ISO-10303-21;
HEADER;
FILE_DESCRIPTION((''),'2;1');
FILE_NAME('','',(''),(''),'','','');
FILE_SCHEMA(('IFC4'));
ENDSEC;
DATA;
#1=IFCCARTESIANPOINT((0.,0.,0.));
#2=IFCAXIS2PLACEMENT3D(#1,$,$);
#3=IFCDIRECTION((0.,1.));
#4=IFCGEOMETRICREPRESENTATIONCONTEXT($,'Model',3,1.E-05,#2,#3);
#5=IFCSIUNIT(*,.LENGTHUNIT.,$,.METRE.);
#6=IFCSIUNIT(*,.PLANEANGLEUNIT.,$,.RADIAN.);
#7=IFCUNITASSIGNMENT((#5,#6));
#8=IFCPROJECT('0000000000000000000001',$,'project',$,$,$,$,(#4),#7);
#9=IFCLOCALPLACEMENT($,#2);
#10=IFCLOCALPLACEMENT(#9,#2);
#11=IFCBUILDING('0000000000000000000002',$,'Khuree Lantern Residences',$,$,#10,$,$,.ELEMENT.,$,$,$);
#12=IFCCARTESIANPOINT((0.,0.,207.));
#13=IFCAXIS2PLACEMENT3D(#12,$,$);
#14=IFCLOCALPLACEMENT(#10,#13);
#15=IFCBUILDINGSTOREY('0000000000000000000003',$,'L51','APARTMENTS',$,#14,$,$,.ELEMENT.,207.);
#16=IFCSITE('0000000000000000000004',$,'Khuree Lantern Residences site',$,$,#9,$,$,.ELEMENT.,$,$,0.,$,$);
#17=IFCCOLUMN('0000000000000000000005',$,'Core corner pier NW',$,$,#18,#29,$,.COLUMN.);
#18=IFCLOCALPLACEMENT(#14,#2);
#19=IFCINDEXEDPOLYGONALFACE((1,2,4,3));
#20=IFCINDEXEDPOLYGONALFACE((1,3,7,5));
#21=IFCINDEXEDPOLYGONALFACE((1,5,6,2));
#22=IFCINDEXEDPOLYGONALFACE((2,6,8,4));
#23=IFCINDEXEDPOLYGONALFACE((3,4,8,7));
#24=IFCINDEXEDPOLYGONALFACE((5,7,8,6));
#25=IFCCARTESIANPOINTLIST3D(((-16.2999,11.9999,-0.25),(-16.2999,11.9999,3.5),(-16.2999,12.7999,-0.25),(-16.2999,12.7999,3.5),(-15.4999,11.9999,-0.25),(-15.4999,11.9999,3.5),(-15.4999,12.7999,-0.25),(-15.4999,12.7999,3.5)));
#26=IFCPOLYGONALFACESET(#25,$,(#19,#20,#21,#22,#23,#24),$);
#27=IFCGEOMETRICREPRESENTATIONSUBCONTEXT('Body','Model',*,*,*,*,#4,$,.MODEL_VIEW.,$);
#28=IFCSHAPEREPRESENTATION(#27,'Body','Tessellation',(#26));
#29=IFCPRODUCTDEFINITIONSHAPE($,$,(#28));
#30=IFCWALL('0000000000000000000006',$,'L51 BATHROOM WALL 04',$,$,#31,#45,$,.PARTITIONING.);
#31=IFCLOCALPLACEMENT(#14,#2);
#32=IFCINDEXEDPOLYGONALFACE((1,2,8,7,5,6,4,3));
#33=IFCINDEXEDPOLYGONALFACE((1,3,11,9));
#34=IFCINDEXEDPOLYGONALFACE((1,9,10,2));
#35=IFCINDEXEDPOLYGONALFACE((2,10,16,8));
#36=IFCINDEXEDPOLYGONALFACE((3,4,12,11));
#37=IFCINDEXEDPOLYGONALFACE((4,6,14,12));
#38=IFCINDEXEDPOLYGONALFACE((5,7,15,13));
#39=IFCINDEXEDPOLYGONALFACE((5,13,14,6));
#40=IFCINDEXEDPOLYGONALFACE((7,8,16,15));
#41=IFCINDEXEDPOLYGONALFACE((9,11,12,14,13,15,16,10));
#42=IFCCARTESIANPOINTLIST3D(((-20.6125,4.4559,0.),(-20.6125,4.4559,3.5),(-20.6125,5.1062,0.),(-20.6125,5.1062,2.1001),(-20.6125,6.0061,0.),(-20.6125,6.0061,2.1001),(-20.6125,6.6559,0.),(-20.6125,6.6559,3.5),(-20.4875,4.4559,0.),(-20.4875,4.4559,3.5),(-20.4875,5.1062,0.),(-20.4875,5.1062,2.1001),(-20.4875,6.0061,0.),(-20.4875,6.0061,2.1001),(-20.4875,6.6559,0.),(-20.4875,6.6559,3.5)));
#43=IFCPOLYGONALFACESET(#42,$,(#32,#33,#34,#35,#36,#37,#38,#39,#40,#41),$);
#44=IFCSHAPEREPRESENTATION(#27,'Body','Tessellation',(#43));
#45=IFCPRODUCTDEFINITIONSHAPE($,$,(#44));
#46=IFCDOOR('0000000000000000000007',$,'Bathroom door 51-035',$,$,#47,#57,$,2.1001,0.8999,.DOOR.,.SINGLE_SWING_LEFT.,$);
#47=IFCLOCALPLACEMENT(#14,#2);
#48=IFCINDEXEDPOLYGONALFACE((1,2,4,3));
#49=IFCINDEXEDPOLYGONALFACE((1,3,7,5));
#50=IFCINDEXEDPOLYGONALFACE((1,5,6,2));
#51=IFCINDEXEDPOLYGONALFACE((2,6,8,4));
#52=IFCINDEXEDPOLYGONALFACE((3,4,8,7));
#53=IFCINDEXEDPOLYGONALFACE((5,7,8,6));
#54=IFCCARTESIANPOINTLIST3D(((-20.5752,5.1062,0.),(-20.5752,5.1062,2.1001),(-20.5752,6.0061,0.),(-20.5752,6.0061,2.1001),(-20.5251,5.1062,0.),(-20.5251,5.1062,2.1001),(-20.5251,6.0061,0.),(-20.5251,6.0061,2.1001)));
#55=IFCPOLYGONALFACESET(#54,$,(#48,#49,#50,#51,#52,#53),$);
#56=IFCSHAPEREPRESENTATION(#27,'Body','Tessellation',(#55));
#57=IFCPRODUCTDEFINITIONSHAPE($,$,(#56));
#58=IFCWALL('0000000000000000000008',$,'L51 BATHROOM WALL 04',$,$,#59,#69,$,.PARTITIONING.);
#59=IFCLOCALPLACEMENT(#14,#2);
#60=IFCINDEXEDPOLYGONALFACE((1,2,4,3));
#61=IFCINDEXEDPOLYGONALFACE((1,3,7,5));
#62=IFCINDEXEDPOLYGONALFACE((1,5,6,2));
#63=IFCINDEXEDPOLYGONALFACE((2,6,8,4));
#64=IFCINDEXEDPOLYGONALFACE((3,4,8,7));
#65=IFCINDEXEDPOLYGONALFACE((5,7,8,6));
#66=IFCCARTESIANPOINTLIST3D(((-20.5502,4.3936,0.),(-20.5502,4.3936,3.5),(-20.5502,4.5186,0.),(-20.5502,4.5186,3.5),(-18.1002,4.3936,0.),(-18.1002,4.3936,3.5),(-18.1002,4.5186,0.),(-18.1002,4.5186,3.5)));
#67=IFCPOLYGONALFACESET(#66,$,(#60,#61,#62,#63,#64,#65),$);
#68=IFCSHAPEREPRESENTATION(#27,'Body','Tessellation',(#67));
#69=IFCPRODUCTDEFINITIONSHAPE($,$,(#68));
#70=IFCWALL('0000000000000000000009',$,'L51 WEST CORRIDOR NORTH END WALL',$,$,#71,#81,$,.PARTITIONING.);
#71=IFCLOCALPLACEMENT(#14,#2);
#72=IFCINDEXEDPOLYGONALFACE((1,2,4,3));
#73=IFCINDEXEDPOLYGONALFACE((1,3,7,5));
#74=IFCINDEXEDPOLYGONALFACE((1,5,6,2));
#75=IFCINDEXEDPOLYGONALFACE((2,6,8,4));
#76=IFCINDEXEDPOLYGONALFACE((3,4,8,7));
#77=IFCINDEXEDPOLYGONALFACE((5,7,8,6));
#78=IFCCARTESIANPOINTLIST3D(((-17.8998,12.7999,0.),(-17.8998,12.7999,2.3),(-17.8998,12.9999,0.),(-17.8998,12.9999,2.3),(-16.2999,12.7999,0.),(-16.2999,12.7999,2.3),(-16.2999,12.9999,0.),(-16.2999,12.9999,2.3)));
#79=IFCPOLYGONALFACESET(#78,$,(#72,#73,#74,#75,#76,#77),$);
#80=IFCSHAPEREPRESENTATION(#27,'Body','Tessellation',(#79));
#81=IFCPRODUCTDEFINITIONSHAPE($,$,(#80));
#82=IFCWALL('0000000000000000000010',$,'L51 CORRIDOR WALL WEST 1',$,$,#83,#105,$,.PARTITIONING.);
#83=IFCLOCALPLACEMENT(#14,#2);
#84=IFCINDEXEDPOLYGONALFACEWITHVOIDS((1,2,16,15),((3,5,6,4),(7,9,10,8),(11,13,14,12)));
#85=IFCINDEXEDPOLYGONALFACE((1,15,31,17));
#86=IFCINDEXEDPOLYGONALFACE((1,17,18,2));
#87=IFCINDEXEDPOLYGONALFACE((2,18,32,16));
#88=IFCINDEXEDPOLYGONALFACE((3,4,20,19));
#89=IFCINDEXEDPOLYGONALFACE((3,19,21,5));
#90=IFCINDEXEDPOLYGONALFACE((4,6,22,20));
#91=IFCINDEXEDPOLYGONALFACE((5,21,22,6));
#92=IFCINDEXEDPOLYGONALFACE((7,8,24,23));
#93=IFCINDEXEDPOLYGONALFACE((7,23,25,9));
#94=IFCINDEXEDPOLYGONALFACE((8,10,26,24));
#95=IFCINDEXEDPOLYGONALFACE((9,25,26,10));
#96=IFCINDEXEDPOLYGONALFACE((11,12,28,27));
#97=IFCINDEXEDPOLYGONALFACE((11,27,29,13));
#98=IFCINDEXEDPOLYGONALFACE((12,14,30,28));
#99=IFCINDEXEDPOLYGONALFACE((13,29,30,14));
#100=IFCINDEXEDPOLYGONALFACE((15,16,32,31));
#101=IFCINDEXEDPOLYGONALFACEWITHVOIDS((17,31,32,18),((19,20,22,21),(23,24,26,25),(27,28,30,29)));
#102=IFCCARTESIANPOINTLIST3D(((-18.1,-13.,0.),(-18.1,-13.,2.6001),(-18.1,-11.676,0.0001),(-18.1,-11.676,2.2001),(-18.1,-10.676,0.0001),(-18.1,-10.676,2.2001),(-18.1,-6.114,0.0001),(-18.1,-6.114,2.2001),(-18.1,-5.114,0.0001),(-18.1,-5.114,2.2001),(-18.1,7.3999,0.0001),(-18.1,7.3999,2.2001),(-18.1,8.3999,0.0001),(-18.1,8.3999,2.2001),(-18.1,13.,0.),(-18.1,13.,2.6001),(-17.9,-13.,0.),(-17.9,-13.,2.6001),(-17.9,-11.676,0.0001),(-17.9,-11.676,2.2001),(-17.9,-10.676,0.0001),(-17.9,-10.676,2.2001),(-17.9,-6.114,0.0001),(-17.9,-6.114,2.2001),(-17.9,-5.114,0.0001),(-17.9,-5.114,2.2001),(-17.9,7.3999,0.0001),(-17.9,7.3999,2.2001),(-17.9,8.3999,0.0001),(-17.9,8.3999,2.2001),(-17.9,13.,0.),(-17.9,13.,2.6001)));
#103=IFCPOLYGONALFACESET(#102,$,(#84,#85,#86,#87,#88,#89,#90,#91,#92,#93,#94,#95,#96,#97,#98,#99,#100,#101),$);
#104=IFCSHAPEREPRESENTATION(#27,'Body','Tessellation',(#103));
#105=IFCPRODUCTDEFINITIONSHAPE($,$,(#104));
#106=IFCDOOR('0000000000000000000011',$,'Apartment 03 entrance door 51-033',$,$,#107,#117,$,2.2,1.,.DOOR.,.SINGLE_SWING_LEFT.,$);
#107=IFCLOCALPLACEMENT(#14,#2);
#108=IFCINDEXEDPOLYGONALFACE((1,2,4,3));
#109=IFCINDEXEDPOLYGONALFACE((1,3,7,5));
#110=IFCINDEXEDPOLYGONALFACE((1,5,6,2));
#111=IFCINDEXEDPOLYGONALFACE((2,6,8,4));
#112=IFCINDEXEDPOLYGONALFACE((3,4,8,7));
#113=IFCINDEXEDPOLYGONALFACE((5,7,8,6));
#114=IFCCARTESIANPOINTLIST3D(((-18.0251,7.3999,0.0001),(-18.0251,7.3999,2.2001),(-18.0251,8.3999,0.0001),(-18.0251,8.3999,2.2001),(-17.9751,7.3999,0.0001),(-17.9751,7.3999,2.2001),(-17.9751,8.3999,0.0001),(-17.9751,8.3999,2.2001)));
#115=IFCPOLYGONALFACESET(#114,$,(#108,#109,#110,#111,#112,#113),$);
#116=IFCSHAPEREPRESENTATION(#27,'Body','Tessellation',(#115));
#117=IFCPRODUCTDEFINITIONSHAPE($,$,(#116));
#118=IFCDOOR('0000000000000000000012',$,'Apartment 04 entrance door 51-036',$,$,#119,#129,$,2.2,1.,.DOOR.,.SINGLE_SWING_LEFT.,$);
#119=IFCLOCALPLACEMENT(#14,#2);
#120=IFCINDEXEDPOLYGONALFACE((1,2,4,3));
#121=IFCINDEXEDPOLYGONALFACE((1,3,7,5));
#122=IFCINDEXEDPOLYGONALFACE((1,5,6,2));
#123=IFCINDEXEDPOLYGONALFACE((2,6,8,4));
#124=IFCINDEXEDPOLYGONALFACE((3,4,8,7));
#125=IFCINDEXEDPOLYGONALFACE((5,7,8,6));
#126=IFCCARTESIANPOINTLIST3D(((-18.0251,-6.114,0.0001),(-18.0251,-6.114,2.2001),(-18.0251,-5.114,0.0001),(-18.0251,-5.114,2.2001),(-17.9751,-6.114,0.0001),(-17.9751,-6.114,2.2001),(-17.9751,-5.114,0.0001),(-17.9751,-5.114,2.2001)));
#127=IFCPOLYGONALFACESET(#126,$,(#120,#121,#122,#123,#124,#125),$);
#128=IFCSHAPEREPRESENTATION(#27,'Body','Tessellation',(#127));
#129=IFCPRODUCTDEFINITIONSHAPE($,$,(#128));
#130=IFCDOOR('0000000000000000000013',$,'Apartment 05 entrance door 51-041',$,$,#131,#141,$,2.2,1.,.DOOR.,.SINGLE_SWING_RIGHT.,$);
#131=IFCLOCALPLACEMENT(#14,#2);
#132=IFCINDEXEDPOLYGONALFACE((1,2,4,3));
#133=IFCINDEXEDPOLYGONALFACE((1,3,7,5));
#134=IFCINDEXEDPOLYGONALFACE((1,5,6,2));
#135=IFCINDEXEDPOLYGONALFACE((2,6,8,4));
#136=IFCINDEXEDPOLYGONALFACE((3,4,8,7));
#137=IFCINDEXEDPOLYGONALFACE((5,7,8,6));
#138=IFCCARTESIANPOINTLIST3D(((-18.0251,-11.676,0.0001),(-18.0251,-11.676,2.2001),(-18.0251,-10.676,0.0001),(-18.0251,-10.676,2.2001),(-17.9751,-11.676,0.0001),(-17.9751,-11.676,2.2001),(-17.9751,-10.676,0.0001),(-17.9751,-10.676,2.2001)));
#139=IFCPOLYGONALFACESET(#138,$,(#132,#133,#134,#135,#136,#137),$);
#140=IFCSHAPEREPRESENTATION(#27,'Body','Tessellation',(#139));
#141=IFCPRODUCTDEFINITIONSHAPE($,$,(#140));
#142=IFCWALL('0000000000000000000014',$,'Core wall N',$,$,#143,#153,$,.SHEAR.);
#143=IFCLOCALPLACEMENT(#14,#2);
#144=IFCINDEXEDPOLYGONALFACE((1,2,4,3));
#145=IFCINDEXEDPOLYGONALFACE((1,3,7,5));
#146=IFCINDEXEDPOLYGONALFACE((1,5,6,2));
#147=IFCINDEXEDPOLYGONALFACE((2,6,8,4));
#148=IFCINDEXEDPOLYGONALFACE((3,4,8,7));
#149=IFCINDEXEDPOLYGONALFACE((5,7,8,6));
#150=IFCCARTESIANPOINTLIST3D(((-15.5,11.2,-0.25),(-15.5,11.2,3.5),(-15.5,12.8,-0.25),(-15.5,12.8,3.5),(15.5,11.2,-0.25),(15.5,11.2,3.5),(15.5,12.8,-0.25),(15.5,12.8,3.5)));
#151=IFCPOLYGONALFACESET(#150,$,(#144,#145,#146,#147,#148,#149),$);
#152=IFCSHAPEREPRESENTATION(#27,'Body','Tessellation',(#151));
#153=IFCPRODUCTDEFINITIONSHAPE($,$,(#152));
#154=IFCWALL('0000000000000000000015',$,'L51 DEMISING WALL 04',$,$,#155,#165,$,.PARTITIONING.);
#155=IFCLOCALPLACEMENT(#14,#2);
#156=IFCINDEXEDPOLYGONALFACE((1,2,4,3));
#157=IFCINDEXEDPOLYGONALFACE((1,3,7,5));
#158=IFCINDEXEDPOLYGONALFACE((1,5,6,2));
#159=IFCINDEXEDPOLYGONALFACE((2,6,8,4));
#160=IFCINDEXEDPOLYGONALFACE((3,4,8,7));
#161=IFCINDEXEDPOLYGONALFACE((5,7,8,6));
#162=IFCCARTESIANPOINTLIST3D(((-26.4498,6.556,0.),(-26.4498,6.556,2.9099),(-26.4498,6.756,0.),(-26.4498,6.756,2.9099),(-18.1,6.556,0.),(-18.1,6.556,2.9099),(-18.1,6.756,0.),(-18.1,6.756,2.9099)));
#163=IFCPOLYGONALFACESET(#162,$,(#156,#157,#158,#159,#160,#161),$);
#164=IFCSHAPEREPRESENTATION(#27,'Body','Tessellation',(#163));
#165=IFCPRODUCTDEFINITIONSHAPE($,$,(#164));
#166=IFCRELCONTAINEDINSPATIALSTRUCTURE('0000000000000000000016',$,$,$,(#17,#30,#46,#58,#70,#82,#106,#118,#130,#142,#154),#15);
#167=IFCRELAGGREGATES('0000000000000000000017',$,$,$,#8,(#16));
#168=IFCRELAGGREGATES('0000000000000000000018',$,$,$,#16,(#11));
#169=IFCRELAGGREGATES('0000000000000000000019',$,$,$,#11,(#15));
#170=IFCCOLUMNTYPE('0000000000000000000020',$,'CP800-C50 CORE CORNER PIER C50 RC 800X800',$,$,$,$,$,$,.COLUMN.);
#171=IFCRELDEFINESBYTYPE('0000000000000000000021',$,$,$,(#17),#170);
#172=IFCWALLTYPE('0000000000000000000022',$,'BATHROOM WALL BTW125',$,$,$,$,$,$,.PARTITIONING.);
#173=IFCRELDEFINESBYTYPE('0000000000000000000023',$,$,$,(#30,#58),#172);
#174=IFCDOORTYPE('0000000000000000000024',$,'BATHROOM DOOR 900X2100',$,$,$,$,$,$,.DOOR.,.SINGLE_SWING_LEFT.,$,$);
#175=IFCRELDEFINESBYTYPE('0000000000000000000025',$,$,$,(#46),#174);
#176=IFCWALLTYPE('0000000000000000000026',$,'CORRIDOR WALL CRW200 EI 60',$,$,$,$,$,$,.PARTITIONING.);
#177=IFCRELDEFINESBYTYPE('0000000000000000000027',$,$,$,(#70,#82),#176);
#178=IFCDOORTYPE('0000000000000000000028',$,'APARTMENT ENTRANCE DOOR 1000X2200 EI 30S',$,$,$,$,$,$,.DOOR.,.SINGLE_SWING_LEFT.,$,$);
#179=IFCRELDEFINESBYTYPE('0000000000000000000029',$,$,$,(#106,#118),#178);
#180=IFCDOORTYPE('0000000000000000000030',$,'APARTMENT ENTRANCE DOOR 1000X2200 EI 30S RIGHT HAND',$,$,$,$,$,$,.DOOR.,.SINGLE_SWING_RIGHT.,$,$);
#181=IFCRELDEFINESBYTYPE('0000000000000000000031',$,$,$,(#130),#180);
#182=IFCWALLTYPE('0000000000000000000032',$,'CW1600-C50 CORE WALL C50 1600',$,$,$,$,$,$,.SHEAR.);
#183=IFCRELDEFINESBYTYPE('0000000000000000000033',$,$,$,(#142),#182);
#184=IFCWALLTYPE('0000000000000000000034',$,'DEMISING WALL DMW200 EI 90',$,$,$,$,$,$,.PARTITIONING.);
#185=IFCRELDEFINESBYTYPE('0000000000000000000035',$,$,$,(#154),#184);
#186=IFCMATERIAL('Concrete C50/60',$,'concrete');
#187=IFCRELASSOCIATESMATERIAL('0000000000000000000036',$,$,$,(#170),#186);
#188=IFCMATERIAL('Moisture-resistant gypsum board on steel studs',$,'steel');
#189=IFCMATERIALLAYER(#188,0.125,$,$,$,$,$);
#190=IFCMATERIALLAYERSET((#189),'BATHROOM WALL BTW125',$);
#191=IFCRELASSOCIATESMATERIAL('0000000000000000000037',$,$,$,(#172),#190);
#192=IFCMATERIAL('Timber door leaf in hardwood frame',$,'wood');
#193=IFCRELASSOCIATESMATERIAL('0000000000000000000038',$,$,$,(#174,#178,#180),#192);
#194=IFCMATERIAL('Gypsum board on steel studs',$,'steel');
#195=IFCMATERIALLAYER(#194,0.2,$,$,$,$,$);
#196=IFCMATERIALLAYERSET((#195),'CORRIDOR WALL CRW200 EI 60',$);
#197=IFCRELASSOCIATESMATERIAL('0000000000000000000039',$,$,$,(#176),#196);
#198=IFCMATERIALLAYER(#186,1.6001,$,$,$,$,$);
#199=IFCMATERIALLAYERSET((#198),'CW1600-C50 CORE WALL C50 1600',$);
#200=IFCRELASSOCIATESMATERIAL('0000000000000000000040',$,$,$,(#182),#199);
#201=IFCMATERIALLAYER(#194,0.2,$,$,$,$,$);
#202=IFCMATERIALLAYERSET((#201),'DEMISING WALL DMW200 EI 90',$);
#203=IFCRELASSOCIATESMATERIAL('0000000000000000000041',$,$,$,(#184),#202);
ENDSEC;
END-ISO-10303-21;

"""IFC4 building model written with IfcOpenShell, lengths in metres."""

from ifc_helpers import new_model, si_unit, direction, frame, frame_2d, origin, origin_2d, place, context, subcontext, project, spatial, rectangle, extrude, material, layer, layer_set, material_profile, profile_set, type_object, element, fill, save


model = new_model("IFC4")

# Units and contexts
model_context = context("Model", 3, precision=1e-05, world=origin(), true_north=direction((0.0, 1.0)))
body_context = subcontext(model_context, "Body", "Model", "MODEL_VIEW")
ifc_project = project(units=[si_unit("LENGTHUNIT", "METRE"), si_unit("PLANEANGLEUNIT", "RADIAN")], contexts=[model_context])

# Site, building, storey
site_placement = place(None, origin())
site = spatial("IfcSite", under=ifc_project, at=site_placement, Name="Khuree Lantern Residences site", CompositionType="ELEMENT", RefElevation=0.0)
building_placement = place(site_placement, origin())
building = spatial("IfcBuilding", under=site, at=building_placement, Name="Khuree Lantern Residences", CompositionType="ELEMENT")
storey_placement = place(building_placement, frame((0.0, 0.0, 207.0)))
storey = spatial("IfcBuildingStorey", under=building, at=storey_placement, Name="L51", Description="APARTMENTS", CompositionType="ELEMENT", Elevation=207.0)

# Column
ifc_material_1 = material(Name="Concrete C50/60", Category="concrete")
ifc_material_profile = material_profile(ifc_material_1, rectangle(XDim=0.8, YDim=0.8, at=origin_2d()), Name="RC 800X800")
ifc_profile_set = profile_set([ifc_material_profile], Name="Concrete C50/60")
column_type = type_object("IfcColumnType", Name="CP800-C50 CORE CORNER PIER C50 RC 800X800", PredefinedType="COLUMN", material=ifc_profile_set)
column_placement = place(storey_placement, frame((-15.8999, 12.3999, -0.25), z_axis=(0.0, 0.0, 1.0), x_axis=(1.0, 0.0, 0.0)))
element("IfcColumn", 1, at=column_placement, inside=storey, type_object=column_type, Name="Core corner pier NW", PredefinedType="COLUMN", context=body_context, shape_type="SweptSolid", body=[
    extrude(rectangle(XDim=0.8, YDim=0.8, at=origin_2d()), origin(), (0.0, 0.0, 1.0), 3.75),
])

# Wall, opening, door
ifc_material_2 = material(Name="Moisture-resistant gypsum board on steel studs", Category="steel")
ifc_layer_1 = layer(ifc_material_2, 0.125)
ifc_layer_set_1 = layer_set([ifc_layer_1], Name="BATHROOM WALL BTW125")
wall_type_1 = type_object("IfcWallType", Name="BATHROOM WALL BTW125", PredefinedType="PARTITIONING", material=ifc_layer_set_1)
wall_1_placement = place(storey_placement, frame((-20.55, 6.656, 0.0), z_axis=(0.0, 0.0, 1.0), x_axis=(0.0, -1.0, 0.0)))
wall_1 = element("IfcWall", 2, at=wall_1_placement, inside=storey, type_object=wall_type_1, Name="L51 BATHROOM WALL 04", PredefinedType="PARTITIONING", context=body_context, shape_type="SweptSolid", body=[
    extrude(rectangle(XDim=2.2, YDim=0.125, at=frame_2d((1.1001, 0.0))), origin(), (0.0, 0.0, 1.0), 3.5),
])
opening_1_placement = place(wall_1_placement, frame((0.6499, 0.0, 0.0)))
opening_1 = element("IfcOpeningElement", 3, at=opening_1_placement, cuts=wall_1, PredefinedType="OPENING", context=body_context, shape_type="SweptSolid", body=[
    extrude(rectangle(XDim=0.8999, YDim=2.1001, at=frame_2d((0.45, 1.05))), frame((0.0, 0.0725, 0.0), z_axis=(0.0, -1.0, 0.0), x_axis=(1.0, 0.0, 0.0)), (0.0, 0.0, 1.0), 0.145),
])
ifc_material_3 = material(Name="Timber door leaf in hardwood frame", Category="wood")
door_type_1 = type_object("IfcDoorType", Name="BATHROOM DOOR 900X2100", OperationType="SINGLE_SWING_LEFT", PredefinedType="DOOR", material=ifc_material_3)
door_1_placement = place(opening_1_placement, origin())
door_1 = element("IfcDoor", 4, at=door_1_placement, inside=storey, type_object=door_type_1, Name="Bathroom door 51-035", OperationType="SINGLE_SWING_LEFT", OverallHeight=2.1001, OverallWidth=0.8999, PredefinedType="DOOR", context=body_context, shape_type="SweptSolid", body=[
    extrude(rectangle(XDim=0.8999, YDim=2.1001, at=frame_2d((0.45, 1.05))), frame((0.0, 0.0249, 0.0), z_axis=(0.0, -1.0, 0.0), x_axis=(1.0, 0.0, 0.0)), (0.0, 0.0, 1.0), 0.05),
])
fill(opening_1, door_1)

# Walls
wall_2_placement = place(storey_placement, frame((-18.1001, 4.4561, 0.0), z_axis=(0.0, 0.0, 1.0), x_axis=(-1.0, 0.0, 0.0)))
element("IfcWall", 5, at=wall_2_placement, inside=storey, type_object=wall_type_1, Name="L51 BATHROOM WALL 04", PredefinedType="PARTITIONING", context=body_context, shape_type="SweptSolid", body=[
    extrude(rectangle(XDim=2.45, YDim=0.125, at=frame_2d((1.2251, 0.0))), origin(), (0.0, 0.0, 1.0), 3.5),
])
ifc_material_4 = material(Name="Gypsum board on steel studs", Category="steel")
ifc_layer_2 = layer(ifc_material_4, 0.2)
ifc_layer_set_2 = layer_set([ifc_layer_2], Name="CORRIDOR WALL CRW200 EI 60")
wall_type_2 = type_object("IfcWallType", Name="CORRIDOR WALL CRW200 EI 60", PredefinedType="PARTITIONING", material=ifc_layer_set_2)
wall_3_placement = place(storey_placement, frame((-16.3, 12.8999, 0.0), z_axis=(0.0, 0.0, 1.0), x_axis=(-1.0, 0.0, 0.0)))
element("IfcWall", 6, at=wall_3_placement, inside=storey, type_object=wall_type_2, Name="L51 WEST CORRIDOR NORTH END WALL", PredefinedType="PARTITIONING", context=body_context, shape_type="SweptSolid", body=[
    extrude(rectangle(XDim=1.5999, YDim=0.2, at=frame_2d((0.7998, 0.0))), origin(), (0.0, 0.0, 1.0), 2.3),
])

# Wall, openings, doors
wall_4_placement = place(storey_placement, frame((-18.0, 13.0, 0.0), z_axis=(0.0, 0.0, 1.0), x_axis=(0.0, -1.0, 0.0)))
wall_4 = element("IfcWall", 7, at=wall_4_placement, inside=storey, type_object=wall_type_2, Name="L51 CORRIDOR WALL WEST 1", PredefinedType="PARTITIONING", context=body_context, shape_type="SweptSolid", body=[
    extrude(rectangle(XDim=26.0, YDim=0.2, at=frame_2d((13.0, 0.0))), origin(), (0.0, 0.0, 1.0), 2.6001),
])
opening_2_placement = place(wall_4_placement, frame((4.6001, 0.0, 0.0)))
opening_2 = element("IfcOpeningElement", 8, at=opening_2_placement, cuts=wall_4, PredefinedType="OPENING", context=body_context, shape_type="SweptSolid", body=[
    extrude(rectangle(XDim=1.0, YDim=2.2, at=frame_2d((0.5, 1.1001))), frame((0.0, 0.1099, 0.0), z_axis=(0.0, -1.0, 0.0), x_axis=(1.0, 0.0, 0.0)), (0.0, 0.0, 1.0), 0.22),
])
opening_3_placement = place(wall_4_placement, frame((18.114, 0.0, 0.0)))
opening_3 = element("IfcOpeningElement", 9, at=opening_3_placement, cuts=wall_4, PredefinedType="OPENING", context=body_context, shape_type="SweptSolid", body=[
    extrude(rectangle(XDim=1.0, YDim=2.2, at=frame_2d((0.5, 1.1001))), frame((0.0, 0.1099, 0.0), z_axis=(0.0, -1.0, 0.0), x_axis=(1.0, 0.0, 0.0)), (0.0, 0.0, 1.0), 0.22),
])
opening_4_placement = place(wall_4_placement, frame((23.676, 0.0, 0.0)))
opening_4 = element("IfcOpeningElement", 10, at=opening_4_placement, cuts=wall_4, PredefinedType="OPENING", context=body_context, shape_type="SweptSolid", body=[
    extrude(rectangle(XDim=1.0, YDim=2.2, at=frame_2d((0.5, 1.1001))), frame((0.0, 0.1099, 0.0), z_axis=(0.0, -1.0, 0.0), x_axis=(1.0, 0.0, 0.0)), (0.0, 0.0, 1.0), 0.22),
])
door_type_2 = type_object("IfcDoorType", Name="APARTMENT ENTRANCE DOOR 1000X2200 EI 30S", OperationType="SINGLE_SWING_LEFT", PredefinedType="DOOR", material=ifc_material_3)
door_2_placement = place(opening_2_placement, origin())
door_2 = element("IfcDoor", 11, at=door_2_placement, inside=storey, type_object=door_type_2, Name="Apartment 03 entrance door 51-033", OperationType="SINGLE_SWING_LEFT", OverallHeight=2.2, OverallWidth=1.0, PredefinedType="DOOR", context=body_context, shape_type="SweptSolid", body=[
    extrude(rectangle(XDim=1.0, YDim=2.2, at=frame_2d((0.5, 1.1001))), frame((0.0, 0.0249, 0.0), z_axis=(0.0, -1.0, 0.0), x_axis=(1.0, 0.0, 0.0)), (0.0, 0.0, 1.0), 0.05),
])
fill(opening_2, door_2)
door_3_placement = place(opening_3_placement, origin())
door_3 = element("IfcDoor", 12, at=door_3_placement, inside=storey, type_object=door_type_2, Name="Apartment 04 entrance door 51-036", OperationType="SINGLE_SWING_LEFT", OverallHeight=2.2, OverallWidth=1.0, PredefinedType="DOOR", context=body_context, shape_type="SweptSolid", body=[
    extrude(rectangle(XDim=1.0, YDim=2.2, at=frame_2d((0.5, 1.1001))), frame((0.0, 0.0249, 0.0), z_axis=(0.0, -1.0, 0.0), x_axis=(1.0, 0.0, 0.0)), (0.0, 0.0, 1.0), 0.05),
])
fill(opening_3, door_3)
door_type_3 = type_object("IfcDoorType", Name="APARTMENT ENTRANCE DOOR 1000X2200 EI 30S RIGHT HAND", OperationType="SINGLE_SWING_RIGHT", PredefinedType="DOOR", material=ifc_material_3)
door_4_placement = place(opening_4_placement, origin())
door_4 = element("IfcDoor", 13, at=door_4_placement, inside=storey, type_object=door_type_3, Name="Apartment 05 entrance door 51-041", OperationType="SINGLE_SWING_RIGHT", OverallHeight=2.2, OverallWidth=1.0, PredefinedType="DOOR", context=body_context, shape_type="SweptSolid", body=[
    extrude(rectangle(XDim=1.0, YDim=2.2, at=frame_2d((0.5, 1.1001))), frame((0.0, 0.0249, 0.0), z_axis=(0.0, -1.0, 0.0), x_axis=(1.0, 0.0, 0.0)), (0.0, 0.0, 1.0), 0.05),
])
fill(opening_4, door_4)

# Walls
ifc_layer_3 = layer(ifc_material_1, 1.6001)
ifc_layer_set_3 = layer_set([ifc_layer_3], Name="CW1600-C50 CORE WALL C50 1600")
wall_type_3 = type_object("IfcWallType", Name="CW1600-C50 CORE WALL C50 1600", PredefinedType="SHEAR", material=ifc_layer_set_3)
wall_5_placement = place(storey_placement, frame((-15.5, 12.0, -0.25), z_axis=(0.0, 0.0, 1.0), x_axis=(1.0, 0.0, 0.0)))
element("IfcWall", 14, at=wall_5_placement, inside=storey, type_object=wall_type_3, Name="Core wall N", PredefinedType="SHEAR", context=body_context, shape_type="SweptSolid", body=[
    extrude(rectangle(XDim=31.0, YDim=1.6001, at=frame_2d((15.5, 0.0))), origin(), (0.0, 0.0, 1.0), 3.75),
])
ifc_layer_4 = layer(ifc_material_4, 0.2)
ifc_layer_set_4 = layer_set([ifc_layer_4], Name="DEMISING WALL DMW200 EI 90")
wall_type_4 = type_object("IfcWallType", Name="DEMISING WALL DMW200 EI 90", PredefinedType="PARTITIONING", material=ifc_layer_set_4)
wall_6_placement = place(storey_placement, frame((-18.1001, 6.656, 0.0), z_axis=(0.0, 0.0, 1.0), x_axis=(-1.0, 0.0, 0.0)))
element("IfcWall", 15, at=wall_6_placement, inside=storey, type_object=wall_type_4, Name="L51 DEMISING WALL 04", PredefinedType="PARTITIONING", context=body_context, shape_type="SweptSolid", body=[
    extrude(rectangle(XDim=8.3499, YDim=0.2, at=frame_2d((4.1748, 0.0))), origin(), (0.0, 0.0, 1.0), 2.9099),
])

save(model, "model.ifc")
